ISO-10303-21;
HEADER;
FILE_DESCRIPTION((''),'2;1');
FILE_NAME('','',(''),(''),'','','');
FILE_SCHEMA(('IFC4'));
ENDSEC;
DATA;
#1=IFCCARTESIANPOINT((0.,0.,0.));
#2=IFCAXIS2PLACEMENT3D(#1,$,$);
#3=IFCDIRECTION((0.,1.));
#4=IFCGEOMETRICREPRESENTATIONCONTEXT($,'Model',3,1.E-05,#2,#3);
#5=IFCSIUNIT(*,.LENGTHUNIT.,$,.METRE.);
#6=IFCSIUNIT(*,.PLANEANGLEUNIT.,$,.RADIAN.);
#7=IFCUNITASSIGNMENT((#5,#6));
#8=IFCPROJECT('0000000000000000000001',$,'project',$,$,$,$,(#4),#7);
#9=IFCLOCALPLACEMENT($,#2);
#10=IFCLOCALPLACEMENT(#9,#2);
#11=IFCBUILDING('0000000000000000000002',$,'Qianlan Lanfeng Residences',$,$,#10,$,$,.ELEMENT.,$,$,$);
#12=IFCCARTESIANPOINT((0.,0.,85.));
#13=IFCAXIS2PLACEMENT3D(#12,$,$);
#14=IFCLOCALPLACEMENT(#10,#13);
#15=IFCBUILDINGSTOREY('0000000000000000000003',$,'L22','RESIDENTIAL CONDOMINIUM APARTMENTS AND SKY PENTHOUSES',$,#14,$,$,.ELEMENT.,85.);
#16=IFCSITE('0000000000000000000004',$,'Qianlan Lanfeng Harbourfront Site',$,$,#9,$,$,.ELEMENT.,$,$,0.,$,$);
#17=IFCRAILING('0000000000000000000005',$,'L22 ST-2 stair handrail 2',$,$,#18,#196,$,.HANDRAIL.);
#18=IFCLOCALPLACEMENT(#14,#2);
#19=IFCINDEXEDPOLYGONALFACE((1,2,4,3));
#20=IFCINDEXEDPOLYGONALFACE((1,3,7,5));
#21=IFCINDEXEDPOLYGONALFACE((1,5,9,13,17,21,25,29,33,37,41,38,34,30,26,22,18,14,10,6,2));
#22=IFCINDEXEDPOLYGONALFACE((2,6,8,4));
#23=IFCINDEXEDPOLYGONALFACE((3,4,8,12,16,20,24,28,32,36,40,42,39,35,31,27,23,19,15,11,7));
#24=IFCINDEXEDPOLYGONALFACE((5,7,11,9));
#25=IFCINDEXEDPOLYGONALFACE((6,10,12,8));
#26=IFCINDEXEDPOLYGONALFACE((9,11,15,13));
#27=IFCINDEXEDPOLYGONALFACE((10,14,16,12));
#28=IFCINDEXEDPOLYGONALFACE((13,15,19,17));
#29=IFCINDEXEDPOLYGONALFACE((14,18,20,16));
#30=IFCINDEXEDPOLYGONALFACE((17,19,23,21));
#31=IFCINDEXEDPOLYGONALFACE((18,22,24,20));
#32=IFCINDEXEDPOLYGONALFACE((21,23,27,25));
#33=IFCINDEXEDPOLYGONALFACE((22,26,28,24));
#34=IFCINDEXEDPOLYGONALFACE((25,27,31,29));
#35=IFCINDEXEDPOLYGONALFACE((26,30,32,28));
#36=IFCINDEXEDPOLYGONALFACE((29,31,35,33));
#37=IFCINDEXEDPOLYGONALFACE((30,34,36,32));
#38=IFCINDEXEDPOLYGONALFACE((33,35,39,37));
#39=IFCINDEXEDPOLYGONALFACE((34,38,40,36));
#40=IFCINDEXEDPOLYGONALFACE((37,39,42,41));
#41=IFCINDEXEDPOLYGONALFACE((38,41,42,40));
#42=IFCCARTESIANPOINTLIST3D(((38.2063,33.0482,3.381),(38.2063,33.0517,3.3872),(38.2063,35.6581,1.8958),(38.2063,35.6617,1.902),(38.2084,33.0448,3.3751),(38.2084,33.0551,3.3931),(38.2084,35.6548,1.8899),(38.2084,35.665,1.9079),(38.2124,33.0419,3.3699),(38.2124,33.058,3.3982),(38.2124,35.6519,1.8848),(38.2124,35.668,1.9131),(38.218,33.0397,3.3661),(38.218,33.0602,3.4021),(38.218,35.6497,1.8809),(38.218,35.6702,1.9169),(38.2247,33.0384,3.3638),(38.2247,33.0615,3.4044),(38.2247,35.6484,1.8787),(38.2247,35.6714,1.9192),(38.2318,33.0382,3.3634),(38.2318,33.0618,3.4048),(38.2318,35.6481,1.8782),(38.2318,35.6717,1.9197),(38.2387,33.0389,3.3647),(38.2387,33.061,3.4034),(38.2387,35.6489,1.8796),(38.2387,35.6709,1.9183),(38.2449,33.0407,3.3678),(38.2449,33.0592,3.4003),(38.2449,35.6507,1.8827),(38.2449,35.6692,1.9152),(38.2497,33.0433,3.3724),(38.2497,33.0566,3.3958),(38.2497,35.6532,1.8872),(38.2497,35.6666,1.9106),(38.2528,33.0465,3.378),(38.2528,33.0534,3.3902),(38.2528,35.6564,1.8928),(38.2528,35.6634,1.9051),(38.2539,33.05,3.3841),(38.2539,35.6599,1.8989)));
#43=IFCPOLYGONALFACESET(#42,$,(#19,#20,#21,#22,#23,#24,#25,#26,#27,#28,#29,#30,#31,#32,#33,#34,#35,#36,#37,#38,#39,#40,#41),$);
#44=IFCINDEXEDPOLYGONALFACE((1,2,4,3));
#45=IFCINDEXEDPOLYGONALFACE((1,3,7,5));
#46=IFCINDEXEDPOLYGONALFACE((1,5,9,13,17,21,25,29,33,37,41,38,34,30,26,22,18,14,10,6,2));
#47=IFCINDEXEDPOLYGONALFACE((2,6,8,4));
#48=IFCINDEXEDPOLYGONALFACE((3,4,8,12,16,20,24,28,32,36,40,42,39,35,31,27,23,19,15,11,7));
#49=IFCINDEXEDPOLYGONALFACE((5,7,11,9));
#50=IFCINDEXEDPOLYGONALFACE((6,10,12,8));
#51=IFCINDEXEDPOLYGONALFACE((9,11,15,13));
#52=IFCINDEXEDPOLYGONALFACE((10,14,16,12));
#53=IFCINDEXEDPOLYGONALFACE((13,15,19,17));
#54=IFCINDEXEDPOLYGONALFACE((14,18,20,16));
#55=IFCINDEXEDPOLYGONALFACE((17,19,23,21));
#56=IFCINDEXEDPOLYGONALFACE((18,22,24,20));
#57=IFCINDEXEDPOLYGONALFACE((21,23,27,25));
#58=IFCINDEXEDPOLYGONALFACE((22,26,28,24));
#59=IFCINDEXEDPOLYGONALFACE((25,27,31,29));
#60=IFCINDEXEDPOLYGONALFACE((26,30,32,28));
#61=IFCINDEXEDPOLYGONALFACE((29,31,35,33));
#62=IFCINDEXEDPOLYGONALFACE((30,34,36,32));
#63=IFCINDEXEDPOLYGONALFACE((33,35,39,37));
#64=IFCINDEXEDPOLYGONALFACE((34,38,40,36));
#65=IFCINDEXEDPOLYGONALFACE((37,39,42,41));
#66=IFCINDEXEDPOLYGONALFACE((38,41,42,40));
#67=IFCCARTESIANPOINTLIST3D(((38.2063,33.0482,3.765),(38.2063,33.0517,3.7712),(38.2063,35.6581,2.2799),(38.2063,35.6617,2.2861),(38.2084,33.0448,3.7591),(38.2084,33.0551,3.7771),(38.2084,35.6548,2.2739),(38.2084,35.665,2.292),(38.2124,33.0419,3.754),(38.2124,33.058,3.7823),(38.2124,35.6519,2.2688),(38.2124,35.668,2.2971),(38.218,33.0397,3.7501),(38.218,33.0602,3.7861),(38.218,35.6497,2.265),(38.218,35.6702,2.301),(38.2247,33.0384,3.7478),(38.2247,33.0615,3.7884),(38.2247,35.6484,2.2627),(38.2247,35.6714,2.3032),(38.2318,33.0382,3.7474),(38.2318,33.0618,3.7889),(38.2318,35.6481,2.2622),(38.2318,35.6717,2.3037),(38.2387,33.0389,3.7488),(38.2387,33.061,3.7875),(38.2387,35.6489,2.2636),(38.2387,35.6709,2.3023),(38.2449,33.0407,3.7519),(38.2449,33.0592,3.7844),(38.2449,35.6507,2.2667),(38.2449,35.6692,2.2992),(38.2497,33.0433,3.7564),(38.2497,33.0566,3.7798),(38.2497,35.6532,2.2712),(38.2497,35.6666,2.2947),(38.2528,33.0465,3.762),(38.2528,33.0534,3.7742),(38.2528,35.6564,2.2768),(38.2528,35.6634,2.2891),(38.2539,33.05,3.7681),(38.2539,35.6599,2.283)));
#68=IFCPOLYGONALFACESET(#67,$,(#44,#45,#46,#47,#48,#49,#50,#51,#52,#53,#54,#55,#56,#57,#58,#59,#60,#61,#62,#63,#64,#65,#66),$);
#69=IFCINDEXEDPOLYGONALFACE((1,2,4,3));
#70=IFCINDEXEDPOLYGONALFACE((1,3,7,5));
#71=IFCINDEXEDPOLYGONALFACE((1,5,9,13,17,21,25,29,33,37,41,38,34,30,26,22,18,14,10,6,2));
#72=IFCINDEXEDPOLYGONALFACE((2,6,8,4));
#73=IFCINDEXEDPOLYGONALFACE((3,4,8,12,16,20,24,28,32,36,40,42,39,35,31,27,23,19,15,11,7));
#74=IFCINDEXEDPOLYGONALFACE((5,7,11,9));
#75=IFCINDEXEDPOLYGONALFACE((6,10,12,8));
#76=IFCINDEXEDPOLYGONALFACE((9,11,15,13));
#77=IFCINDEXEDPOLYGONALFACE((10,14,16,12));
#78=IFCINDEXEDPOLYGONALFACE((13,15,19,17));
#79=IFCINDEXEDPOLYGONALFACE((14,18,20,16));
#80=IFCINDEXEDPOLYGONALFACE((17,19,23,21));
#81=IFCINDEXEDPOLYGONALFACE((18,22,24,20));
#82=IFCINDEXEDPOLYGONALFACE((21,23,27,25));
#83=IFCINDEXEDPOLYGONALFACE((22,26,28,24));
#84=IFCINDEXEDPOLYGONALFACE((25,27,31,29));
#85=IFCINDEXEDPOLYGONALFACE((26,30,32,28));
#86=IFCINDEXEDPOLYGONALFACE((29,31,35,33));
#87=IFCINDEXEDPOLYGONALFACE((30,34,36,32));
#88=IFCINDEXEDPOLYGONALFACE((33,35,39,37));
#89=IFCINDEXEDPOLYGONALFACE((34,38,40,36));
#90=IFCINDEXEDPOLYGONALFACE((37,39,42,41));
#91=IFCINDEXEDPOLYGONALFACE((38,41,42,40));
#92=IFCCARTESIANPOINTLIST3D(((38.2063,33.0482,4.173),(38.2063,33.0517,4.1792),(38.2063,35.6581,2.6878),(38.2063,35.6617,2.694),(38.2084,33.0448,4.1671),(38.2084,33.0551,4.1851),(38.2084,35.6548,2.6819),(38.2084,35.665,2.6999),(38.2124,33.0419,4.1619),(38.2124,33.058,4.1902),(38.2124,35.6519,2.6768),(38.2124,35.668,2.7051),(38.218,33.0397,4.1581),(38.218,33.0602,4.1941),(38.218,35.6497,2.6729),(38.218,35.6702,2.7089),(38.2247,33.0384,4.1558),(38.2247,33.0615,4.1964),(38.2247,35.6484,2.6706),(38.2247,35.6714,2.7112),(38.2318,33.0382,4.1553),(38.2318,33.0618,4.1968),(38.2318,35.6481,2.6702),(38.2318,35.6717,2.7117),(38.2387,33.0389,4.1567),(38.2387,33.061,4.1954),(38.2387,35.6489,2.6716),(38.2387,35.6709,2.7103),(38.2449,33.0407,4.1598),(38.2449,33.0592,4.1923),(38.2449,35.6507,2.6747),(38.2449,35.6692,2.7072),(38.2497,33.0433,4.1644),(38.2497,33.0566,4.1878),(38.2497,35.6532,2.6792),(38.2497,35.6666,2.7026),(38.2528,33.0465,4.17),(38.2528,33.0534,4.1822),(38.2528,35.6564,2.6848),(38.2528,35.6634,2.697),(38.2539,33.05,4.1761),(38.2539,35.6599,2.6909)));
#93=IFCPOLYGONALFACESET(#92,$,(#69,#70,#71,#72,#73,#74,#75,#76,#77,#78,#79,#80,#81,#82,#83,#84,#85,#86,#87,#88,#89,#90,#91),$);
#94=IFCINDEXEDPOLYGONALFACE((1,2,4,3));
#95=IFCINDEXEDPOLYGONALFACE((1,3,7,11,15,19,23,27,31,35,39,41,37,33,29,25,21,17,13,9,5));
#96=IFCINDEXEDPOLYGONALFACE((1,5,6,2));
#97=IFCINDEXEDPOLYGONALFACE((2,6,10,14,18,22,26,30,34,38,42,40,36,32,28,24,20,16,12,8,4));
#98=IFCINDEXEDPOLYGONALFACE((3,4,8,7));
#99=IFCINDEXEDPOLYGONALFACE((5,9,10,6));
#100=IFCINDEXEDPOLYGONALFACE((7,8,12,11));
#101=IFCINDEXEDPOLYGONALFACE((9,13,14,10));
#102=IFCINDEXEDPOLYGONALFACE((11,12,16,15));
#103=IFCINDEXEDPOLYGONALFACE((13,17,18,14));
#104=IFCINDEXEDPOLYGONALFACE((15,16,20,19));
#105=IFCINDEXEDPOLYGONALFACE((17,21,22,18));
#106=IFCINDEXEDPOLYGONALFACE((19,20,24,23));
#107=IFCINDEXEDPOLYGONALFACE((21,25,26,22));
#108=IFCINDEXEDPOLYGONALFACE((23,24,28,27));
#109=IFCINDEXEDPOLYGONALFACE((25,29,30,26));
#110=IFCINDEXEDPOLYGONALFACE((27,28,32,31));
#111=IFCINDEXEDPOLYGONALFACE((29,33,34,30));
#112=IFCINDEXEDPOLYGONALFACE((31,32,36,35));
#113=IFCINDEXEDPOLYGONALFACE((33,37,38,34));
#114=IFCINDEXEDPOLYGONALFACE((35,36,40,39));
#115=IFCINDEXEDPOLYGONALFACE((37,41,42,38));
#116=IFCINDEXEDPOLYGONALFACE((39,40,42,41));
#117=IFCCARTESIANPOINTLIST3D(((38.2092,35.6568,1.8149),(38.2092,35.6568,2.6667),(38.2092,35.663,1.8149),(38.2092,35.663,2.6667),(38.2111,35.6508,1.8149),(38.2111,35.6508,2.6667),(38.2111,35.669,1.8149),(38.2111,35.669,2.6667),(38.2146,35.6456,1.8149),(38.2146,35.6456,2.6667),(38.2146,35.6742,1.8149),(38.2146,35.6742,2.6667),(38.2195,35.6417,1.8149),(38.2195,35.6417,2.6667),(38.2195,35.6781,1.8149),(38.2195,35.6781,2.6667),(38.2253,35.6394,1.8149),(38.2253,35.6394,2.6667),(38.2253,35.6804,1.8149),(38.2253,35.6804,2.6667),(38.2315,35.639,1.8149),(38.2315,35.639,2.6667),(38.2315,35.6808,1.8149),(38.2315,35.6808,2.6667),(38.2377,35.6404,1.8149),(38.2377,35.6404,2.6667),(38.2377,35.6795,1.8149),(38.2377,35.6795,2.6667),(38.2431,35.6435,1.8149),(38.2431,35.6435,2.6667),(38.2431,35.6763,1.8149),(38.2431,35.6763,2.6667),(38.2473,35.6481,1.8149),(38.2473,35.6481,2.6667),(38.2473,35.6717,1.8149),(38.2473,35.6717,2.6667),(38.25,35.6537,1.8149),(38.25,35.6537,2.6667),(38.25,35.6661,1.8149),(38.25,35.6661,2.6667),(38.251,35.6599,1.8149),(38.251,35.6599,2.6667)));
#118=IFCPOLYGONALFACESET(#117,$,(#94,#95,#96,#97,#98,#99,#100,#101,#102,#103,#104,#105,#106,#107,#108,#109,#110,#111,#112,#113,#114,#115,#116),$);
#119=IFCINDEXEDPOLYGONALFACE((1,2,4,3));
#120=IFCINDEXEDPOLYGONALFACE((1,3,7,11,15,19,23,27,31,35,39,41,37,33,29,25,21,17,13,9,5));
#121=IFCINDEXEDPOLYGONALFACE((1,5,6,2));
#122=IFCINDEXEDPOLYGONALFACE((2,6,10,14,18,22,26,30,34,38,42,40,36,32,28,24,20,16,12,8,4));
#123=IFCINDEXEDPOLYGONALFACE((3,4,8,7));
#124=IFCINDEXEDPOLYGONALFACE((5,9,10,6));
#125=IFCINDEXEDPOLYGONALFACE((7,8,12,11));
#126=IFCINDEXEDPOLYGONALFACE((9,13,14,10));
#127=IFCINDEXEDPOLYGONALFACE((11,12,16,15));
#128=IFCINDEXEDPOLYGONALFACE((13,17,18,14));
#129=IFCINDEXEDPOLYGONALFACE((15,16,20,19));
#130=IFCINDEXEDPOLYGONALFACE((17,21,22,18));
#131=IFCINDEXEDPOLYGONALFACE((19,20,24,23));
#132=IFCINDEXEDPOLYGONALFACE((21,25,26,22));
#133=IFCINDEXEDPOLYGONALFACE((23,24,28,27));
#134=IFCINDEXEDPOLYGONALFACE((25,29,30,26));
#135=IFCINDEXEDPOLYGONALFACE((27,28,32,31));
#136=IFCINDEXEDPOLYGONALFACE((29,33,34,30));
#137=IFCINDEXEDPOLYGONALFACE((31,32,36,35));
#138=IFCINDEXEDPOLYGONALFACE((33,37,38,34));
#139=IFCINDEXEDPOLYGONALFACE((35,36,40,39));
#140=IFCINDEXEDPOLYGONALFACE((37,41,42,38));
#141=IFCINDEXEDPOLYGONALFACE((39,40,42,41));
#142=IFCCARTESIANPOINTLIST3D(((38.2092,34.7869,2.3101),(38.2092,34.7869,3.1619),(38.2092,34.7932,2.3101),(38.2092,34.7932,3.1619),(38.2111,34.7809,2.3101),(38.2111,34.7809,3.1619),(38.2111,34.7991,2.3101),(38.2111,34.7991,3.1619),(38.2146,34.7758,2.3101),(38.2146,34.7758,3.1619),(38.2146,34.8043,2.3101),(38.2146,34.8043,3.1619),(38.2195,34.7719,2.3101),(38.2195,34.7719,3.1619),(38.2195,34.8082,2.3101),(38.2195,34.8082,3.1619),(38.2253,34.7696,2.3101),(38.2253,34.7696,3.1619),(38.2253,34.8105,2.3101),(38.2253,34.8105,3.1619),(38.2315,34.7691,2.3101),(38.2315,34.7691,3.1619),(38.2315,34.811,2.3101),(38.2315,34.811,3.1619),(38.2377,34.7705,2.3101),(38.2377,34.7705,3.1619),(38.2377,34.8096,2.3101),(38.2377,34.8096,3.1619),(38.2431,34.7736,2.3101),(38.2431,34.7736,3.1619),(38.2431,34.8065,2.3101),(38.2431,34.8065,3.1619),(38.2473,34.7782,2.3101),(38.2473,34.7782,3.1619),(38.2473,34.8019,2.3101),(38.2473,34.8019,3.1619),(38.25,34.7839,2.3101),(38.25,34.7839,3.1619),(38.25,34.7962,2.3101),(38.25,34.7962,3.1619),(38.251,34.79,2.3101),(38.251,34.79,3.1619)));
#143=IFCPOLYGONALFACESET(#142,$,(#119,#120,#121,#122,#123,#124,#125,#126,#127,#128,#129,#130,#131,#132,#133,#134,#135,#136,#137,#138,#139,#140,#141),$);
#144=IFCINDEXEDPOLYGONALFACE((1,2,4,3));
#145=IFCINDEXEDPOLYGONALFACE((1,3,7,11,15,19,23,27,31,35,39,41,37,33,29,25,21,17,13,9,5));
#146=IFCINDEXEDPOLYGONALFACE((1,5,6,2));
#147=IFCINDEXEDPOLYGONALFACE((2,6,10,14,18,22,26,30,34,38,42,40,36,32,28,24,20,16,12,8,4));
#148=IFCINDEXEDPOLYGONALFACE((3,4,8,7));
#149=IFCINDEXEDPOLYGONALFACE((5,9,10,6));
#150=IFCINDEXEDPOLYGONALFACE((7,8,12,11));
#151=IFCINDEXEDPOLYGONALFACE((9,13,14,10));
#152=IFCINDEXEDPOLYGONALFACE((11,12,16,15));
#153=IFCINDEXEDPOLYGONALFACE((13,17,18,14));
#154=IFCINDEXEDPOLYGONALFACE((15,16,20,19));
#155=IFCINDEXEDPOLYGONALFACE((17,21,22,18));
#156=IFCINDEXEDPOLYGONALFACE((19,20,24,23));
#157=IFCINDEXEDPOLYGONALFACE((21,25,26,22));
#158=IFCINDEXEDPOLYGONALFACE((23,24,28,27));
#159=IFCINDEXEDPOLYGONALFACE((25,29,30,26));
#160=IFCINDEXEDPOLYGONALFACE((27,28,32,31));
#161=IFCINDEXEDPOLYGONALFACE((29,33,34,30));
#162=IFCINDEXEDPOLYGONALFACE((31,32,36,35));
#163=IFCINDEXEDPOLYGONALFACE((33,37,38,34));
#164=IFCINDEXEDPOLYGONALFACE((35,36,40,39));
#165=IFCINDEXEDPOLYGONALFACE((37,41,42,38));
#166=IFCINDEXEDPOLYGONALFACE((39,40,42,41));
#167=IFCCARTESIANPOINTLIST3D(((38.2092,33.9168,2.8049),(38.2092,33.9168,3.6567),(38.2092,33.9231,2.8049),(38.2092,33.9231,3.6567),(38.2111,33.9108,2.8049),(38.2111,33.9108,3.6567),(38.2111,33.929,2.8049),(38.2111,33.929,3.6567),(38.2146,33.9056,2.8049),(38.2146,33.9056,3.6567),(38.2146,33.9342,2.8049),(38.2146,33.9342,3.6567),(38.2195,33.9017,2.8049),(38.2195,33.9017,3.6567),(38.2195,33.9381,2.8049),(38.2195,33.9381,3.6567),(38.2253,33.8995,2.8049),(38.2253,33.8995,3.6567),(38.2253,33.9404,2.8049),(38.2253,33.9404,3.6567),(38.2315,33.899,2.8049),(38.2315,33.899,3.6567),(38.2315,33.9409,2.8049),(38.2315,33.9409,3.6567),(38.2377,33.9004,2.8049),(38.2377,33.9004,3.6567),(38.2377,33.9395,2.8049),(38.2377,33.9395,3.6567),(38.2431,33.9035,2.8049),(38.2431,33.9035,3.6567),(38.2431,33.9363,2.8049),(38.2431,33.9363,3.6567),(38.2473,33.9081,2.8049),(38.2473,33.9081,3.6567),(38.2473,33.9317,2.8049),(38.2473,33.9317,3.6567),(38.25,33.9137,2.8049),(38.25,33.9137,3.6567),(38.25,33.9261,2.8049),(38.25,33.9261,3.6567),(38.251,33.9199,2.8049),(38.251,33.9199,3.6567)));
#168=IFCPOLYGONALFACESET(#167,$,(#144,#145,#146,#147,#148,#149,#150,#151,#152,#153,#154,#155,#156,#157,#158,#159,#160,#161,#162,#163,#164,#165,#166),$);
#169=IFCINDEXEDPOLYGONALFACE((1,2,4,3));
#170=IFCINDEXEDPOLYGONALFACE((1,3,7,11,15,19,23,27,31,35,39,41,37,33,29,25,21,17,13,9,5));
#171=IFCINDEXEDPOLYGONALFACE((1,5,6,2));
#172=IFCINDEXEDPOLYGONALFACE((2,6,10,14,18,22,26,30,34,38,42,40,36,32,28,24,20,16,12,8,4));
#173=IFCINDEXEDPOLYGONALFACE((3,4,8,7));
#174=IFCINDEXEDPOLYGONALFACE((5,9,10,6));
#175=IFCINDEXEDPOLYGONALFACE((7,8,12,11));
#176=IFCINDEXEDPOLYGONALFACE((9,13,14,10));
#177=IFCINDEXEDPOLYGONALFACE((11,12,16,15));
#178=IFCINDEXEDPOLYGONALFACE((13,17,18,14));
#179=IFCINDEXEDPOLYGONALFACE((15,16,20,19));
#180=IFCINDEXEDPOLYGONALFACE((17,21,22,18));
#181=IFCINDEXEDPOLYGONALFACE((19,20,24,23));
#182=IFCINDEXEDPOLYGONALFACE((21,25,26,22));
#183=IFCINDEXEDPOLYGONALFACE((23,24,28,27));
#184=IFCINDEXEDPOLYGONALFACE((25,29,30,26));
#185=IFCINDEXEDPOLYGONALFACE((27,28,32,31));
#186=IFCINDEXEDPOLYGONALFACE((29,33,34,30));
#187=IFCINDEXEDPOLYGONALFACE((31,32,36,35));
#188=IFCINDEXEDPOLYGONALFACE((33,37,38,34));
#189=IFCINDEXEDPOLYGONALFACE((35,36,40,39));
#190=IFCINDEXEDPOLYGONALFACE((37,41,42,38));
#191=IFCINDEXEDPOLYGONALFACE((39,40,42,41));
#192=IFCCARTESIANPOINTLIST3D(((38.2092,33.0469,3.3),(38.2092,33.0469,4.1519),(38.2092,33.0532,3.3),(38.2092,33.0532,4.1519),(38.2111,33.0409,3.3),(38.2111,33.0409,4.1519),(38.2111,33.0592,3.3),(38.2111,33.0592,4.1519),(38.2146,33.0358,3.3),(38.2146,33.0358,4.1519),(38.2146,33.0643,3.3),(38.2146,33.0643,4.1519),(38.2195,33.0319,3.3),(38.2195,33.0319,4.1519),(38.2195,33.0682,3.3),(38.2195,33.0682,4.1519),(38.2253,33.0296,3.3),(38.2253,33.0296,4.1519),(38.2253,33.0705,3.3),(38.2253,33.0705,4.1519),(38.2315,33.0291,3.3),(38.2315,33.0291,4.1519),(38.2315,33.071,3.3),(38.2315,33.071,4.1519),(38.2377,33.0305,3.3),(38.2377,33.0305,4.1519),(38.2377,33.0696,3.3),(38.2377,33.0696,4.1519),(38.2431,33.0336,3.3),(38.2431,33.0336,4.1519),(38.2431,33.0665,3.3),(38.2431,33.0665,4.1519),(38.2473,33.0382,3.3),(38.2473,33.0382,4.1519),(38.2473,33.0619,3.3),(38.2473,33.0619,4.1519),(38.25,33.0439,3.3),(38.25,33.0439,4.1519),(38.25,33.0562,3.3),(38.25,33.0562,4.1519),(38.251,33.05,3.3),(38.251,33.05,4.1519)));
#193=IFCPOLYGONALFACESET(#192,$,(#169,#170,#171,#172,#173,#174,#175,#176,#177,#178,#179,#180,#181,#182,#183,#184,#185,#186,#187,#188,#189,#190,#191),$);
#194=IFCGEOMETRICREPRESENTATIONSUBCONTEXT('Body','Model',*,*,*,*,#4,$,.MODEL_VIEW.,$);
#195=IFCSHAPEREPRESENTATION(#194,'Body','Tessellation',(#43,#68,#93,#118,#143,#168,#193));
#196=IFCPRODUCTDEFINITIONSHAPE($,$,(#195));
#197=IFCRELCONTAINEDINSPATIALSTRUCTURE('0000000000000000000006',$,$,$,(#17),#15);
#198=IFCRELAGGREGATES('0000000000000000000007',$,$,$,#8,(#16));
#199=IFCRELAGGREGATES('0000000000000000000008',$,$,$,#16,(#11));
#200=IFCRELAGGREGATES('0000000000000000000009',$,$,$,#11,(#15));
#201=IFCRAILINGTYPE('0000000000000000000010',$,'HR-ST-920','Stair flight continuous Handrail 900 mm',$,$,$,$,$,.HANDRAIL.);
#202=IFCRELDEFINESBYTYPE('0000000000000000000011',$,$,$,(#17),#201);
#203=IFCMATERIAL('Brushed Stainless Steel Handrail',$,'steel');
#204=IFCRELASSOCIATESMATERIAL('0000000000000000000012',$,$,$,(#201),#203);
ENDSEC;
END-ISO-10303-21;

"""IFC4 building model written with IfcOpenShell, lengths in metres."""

from ifc_helpers import new_model, si_unit, direction, frame, origin, origin_2d, place, context, subcontext, project, spatial, circle, extrude, material, type_object, element, save


model = new_model("IFC4")

# Units and contexts
model_context = context("Model", 3, precision=1e-05, world=origin(), true_north=direction((0.0, 1.0)))
body_context = subcontext(model_context, "Body", "Model", "MODEL_VIEW")
ifc_project = project(units=[si_unit("LENGTHUNIT", "METRE"), si_unit("PLANEANGLEUNIT", "RADIAN")], contexts=[model_context])

# Site, building, storey
site_placement = place(None, origin())
site = spatial("IfcSite", under=ifc_project, at=site_placement, Name="Qianlan Lanfeng Harbourfront Site", CompositionType="ELEMENT", RefElevation=0.0)
building_placement = place(site_placement, origin())
building = spatial("IfcBuilding", under=site, at=building_placement, Name="Qianlan Lanfeng Residences", CompositionType="ELEMENT")
storey_placement = place(building_placement, frame((0.0, 0.0, 85.0)))
storey = spatial("IfcBuildingStorey", under=building, at=storey_placement, Name="L22", Description="RESIDENTIAL CONDOMINIUM APARTMENTS AND SKY PENTHOUSES", CompositionType="ELEMENT", Elevation=85.0)

# Railing
ifc_material_1 = material(Name="Brushed Stainless Steel Handrail", Category="steel")
railing_type = type_object("IfcRailingType", Name="HR-ST-920", Description="Stair flight continuous Handrail 900 mm", PredefinedType="HANDRAIL", material=ifc_material_1)
railing_placement = place(storey_placement, frame((38.23, 35.6599, 1.8149)))
element("IfcRailing", 1, at=railing_placement, inside=storey, type_object=railing_type, Name="L22 ST-2 stair handrail 2", PredefinedType="HANDRAIL", context=body_context, shape_type="SweptSolid", body=[
    extrude(circle(Radius=0.0239, at=origin_2d()), frame((0.0, 0.0, 0.084), z_axis=(0.0, -0.869137, 0.494571), x_axis=(1.0, 0.0, 0.0)), (0.0, 0.0, 1.0), 3.0029),
    extrude(circle(Radius=0.0239, at=origin_2d()), frame((0.0, 0.0, 0.468), z_axis=(0.0, -0.869137, 0.494571), x_axis=(1.0, 0.0, 0.0)), (0.0, 0.0, 1.0), 3.0029),
    extrude(circle(Radius=0.0239, at=origin_2d()), frame((0.0, 0.0, 0.876), z_axis=(0.0, -0.869137, 0.494571), x_axis=(1.0, 0.0, 0.0)), (0.0, 0.0, 1.0), 3.0029),
    extrude(circle(Radius=0.021, at=origin_2d()), origin(), (0.0, 0.0, 1.0), 0.8518),
    extrude(circle(Radius=0.021, at=origin_2d()), frame((0.0, -0.8699, 0.4951)), (0.0, 0.0, 1.0), 0.8518),
    extrude(circle(Radius=0.021, at=origin_2d()), frame((0.0, -1.74, 0.99)), (0.0, 0.0, 1.0), 0.8518),
    extrude(circle(Radius=0.021, at=origin_2d()), frame((0.0, -2.6099, 1.4851)), (0.0, 0.0, 1.0), 0.8518),
])

save(model, "model.ifc")
